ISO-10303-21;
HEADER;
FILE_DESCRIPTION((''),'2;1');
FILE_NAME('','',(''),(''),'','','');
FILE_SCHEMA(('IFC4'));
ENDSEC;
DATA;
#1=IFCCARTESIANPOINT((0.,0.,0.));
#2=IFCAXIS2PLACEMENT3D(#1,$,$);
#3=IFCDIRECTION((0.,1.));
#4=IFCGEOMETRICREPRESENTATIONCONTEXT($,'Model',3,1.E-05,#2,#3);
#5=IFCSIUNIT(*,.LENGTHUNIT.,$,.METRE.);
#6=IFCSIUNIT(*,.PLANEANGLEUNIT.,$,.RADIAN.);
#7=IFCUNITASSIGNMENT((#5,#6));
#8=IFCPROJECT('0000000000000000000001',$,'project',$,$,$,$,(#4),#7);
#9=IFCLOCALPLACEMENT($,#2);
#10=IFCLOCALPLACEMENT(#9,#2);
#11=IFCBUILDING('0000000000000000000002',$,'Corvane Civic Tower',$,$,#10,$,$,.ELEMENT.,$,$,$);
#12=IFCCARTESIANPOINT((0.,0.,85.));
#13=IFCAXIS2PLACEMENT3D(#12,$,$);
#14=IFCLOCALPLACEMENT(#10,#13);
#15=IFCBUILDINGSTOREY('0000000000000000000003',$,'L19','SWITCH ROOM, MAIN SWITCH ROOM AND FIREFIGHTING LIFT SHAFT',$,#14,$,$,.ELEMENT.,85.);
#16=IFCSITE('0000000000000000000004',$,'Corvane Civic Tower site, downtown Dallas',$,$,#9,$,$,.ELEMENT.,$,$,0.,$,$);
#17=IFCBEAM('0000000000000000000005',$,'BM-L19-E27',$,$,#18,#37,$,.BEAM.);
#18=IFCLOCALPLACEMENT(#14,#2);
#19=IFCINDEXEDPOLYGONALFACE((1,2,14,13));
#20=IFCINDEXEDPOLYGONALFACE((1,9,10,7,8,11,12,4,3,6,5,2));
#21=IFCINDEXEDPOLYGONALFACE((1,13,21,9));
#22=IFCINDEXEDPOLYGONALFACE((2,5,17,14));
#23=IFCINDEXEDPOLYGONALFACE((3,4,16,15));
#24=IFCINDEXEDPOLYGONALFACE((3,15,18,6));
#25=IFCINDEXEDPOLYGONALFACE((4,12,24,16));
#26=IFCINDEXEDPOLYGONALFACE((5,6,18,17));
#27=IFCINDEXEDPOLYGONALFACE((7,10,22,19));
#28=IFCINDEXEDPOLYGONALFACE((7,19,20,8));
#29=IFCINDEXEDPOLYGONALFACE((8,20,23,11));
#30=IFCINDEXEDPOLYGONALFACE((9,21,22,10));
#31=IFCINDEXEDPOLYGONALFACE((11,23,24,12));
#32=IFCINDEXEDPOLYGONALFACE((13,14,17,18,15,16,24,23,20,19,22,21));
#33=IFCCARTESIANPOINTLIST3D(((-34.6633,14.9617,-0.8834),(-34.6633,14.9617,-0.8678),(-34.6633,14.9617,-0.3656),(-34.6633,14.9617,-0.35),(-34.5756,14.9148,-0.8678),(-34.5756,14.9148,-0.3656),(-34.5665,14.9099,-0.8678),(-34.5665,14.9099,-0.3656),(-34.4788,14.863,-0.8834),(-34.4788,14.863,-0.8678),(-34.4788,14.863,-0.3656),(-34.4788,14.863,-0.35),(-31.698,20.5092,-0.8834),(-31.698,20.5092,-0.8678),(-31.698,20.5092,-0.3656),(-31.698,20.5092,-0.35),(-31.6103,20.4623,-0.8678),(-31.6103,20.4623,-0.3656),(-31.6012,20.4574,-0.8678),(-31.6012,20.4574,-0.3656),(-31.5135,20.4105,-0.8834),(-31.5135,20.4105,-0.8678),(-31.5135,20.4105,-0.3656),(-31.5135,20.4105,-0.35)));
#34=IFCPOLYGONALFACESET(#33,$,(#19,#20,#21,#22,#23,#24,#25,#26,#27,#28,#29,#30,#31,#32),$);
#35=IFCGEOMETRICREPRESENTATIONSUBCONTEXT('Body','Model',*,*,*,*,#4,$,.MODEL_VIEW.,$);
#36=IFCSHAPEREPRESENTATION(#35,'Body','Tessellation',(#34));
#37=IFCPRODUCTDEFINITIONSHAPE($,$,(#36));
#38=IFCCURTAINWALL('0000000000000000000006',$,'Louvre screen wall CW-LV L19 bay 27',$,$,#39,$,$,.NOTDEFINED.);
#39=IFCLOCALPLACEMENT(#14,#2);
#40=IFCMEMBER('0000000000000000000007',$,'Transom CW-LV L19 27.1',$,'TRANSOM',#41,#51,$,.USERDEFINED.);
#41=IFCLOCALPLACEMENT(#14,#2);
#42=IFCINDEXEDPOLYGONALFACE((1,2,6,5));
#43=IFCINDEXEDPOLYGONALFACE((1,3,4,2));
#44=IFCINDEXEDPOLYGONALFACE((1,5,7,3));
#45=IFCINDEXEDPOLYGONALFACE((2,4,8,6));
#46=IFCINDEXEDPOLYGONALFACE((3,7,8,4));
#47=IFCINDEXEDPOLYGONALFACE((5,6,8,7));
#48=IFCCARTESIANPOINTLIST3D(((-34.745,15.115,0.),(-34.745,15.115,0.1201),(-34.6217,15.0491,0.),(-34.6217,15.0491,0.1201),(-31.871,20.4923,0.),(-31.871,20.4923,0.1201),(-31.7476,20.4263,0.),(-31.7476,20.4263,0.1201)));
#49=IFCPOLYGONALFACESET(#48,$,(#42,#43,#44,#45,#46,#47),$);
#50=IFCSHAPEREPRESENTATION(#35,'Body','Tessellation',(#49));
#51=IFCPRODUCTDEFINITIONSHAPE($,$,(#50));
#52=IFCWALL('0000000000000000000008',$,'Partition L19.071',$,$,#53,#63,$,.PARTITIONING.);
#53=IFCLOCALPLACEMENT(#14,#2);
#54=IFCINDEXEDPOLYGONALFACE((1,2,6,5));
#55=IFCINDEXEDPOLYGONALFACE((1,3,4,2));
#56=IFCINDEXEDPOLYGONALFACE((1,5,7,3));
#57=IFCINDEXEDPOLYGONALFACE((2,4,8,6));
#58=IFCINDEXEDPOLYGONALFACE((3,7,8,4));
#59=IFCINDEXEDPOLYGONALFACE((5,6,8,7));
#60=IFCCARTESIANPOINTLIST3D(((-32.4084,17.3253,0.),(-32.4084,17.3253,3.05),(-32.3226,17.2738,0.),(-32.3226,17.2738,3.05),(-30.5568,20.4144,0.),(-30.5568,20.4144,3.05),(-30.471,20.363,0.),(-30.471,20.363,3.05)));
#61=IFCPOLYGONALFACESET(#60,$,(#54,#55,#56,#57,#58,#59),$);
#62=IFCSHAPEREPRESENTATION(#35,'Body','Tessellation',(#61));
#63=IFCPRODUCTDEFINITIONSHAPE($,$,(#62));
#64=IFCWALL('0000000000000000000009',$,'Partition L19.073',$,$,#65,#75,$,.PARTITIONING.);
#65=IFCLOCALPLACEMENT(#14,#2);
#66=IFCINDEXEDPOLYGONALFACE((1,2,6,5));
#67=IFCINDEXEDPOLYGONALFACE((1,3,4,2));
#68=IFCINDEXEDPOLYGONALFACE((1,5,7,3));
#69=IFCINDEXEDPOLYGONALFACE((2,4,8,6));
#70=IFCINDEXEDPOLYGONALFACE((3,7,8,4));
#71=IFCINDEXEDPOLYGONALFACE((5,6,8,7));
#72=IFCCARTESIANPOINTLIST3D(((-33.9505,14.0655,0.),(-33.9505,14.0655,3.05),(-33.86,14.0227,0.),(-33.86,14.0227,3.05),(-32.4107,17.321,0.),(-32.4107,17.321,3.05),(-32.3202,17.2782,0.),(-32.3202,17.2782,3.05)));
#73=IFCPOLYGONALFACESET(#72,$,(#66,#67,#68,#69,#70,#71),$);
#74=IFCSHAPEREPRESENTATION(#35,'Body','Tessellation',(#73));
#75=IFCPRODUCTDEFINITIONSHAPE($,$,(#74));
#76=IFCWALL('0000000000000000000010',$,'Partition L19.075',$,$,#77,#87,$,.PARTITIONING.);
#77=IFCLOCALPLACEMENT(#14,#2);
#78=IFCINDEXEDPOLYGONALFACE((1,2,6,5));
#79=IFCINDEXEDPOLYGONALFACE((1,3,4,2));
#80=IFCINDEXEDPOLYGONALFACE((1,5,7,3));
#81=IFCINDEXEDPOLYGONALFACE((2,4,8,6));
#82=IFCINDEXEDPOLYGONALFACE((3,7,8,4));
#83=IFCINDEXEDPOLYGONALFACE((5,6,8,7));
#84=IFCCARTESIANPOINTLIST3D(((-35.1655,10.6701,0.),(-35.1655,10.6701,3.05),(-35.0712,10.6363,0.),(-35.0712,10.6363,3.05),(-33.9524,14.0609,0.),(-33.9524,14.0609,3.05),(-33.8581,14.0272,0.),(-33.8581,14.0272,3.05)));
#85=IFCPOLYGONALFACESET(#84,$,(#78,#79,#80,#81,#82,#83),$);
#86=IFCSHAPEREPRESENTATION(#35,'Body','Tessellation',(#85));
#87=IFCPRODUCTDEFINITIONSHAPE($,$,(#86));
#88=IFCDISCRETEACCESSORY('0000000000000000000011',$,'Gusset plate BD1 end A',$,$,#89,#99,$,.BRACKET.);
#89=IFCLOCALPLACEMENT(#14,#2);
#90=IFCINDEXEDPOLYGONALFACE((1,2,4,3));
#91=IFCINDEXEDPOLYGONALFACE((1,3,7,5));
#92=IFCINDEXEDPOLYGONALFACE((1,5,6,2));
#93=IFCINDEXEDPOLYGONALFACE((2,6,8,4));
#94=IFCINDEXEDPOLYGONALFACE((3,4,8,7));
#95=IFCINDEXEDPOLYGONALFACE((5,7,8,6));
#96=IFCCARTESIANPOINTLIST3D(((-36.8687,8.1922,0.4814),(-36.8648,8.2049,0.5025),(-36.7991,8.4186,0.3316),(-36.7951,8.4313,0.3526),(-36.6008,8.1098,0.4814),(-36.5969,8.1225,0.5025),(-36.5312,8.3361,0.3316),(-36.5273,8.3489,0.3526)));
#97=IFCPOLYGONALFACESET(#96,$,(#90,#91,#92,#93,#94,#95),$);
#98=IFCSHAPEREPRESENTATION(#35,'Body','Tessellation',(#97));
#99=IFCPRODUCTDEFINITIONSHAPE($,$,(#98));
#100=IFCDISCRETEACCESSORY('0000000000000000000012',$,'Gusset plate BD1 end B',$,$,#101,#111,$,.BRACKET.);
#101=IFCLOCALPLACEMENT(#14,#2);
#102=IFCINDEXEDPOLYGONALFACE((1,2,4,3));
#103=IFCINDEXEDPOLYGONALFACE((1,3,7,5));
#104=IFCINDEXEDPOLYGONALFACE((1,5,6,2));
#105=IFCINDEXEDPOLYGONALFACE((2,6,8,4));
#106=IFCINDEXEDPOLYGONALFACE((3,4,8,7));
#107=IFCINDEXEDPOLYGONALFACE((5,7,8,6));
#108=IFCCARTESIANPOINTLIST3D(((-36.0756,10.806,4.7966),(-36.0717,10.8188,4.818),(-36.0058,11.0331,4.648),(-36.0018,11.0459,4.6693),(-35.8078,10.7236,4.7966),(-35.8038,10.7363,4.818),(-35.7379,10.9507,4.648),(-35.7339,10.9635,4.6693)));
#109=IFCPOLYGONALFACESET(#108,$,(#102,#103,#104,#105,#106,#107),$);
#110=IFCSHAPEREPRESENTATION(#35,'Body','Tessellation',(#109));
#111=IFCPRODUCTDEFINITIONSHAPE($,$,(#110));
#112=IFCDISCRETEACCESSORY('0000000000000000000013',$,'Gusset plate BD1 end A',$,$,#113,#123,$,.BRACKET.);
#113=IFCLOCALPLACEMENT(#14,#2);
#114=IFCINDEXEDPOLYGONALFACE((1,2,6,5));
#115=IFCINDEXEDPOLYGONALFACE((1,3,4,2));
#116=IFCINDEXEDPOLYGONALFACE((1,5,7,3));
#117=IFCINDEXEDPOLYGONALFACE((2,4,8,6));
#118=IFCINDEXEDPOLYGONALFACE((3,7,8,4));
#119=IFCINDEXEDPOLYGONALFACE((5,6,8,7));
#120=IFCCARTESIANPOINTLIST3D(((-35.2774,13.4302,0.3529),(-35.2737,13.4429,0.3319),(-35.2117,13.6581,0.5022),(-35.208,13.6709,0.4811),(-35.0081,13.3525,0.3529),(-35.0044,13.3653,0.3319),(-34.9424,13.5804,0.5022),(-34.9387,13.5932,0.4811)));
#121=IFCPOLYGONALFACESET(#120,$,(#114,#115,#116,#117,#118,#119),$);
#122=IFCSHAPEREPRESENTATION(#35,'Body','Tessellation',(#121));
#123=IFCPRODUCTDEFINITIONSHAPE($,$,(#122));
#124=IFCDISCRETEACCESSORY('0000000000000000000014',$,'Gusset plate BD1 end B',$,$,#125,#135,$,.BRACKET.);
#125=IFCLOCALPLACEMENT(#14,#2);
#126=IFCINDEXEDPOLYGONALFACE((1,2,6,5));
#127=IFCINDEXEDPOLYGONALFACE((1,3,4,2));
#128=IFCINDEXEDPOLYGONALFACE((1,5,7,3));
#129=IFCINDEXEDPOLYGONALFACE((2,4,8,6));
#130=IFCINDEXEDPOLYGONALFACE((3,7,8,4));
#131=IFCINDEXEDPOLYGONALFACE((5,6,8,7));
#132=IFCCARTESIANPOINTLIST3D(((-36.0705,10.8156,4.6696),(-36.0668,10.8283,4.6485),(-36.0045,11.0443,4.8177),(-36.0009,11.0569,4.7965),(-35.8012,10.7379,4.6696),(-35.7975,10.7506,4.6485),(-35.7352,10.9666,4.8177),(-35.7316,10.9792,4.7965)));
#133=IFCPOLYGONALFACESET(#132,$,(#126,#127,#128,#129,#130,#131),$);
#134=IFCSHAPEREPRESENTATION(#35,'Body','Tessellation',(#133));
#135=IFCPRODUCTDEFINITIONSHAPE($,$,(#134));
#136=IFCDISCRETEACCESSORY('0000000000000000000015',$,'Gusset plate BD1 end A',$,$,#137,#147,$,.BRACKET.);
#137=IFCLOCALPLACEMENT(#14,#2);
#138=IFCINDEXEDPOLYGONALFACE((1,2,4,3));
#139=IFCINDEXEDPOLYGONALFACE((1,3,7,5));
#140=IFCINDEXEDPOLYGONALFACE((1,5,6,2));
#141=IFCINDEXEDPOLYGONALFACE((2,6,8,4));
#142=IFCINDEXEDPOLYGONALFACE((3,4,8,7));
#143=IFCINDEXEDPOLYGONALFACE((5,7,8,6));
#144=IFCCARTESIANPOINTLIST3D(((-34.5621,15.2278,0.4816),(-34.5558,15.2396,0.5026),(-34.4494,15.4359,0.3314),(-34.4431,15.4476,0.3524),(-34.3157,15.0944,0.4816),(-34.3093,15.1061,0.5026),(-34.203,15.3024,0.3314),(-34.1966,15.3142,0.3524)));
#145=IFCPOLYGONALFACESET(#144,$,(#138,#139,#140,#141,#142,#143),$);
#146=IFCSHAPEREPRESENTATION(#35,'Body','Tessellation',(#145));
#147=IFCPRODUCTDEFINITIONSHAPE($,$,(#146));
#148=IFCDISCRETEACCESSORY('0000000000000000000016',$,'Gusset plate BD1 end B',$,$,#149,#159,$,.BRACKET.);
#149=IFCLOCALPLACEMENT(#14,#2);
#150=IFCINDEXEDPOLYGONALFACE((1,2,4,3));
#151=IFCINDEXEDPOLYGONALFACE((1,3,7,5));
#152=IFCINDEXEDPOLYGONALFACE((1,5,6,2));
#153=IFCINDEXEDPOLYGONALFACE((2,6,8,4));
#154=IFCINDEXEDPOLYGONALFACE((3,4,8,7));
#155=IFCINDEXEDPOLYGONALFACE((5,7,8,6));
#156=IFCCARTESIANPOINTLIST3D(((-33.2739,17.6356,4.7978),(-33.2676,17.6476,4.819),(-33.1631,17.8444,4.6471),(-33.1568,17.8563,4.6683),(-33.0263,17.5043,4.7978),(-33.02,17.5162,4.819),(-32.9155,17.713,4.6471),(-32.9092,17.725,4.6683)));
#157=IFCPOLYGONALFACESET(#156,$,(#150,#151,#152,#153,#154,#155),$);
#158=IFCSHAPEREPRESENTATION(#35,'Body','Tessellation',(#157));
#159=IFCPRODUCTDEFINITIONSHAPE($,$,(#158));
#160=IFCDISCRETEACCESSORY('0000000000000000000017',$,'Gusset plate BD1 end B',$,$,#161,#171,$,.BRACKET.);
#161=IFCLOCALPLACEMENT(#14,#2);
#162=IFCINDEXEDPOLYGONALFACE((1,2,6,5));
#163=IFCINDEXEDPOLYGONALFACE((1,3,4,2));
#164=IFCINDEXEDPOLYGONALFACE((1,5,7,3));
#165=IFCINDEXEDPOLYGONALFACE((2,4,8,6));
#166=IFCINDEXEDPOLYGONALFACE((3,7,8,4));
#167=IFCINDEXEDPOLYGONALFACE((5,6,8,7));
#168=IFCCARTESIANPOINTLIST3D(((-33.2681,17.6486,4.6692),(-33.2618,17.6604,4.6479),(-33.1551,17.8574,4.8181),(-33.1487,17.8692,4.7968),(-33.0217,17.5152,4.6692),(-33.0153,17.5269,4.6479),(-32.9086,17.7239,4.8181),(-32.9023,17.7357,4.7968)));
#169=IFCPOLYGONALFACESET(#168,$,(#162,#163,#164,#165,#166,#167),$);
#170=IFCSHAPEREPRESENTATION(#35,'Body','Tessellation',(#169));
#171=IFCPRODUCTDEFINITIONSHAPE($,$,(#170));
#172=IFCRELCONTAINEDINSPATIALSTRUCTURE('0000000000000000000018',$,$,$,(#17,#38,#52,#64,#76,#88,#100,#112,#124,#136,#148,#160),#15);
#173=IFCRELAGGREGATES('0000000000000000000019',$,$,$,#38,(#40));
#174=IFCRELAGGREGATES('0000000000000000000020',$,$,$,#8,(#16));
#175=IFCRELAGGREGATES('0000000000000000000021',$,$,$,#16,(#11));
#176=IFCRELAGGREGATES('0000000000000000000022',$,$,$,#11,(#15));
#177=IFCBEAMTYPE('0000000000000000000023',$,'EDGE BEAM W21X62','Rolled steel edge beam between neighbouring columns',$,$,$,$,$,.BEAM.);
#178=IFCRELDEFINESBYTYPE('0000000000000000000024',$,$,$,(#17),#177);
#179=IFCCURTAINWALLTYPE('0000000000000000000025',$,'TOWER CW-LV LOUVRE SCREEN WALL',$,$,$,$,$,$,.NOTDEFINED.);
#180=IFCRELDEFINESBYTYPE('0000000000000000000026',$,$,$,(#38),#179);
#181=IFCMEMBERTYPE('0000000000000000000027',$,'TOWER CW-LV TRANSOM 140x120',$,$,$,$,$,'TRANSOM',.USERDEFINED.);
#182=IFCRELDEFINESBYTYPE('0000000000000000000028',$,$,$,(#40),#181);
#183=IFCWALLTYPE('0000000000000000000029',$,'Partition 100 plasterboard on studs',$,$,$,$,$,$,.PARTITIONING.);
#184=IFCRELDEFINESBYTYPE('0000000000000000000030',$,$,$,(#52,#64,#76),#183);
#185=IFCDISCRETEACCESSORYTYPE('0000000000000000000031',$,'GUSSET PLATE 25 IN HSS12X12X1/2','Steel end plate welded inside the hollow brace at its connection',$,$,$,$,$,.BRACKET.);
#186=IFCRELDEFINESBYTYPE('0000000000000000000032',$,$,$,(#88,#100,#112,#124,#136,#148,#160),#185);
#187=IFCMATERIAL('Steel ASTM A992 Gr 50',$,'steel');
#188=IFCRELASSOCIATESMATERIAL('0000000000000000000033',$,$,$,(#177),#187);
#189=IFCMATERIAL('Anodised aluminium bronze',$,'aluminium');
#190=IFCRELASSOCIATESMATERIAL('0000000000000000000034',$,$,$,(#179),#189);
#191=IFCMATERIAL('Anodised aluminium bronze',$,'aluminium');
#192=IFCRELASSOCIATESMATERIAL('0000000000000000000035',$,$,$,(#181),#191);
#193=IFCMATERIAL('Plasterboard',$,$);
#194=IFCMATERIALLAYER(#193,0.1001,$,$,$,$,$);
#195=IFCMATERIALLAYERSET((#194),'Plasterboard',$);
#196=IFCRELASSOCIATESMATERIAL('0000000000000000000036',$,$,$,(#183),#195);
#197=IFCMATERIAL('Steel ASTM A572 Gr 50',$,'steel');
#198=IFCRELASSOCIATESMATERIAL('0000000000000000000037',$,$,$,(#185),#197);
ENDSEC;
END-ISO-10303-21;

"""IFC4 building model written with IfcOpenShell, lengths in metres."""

from ifc_helpers import new_model, si_unit, direction, frame, frame_2d, origin, origin_2d, place, context, subcontext, project, spatial, rectangle, i_section, extrude, material, layer, layer_set, material_profile, profile_set, type_object, element, aggregate, save


model = new_model("IFC4")

# Units and contexts
model_context = context("Model", 3, precision=1e-05, world=origin(), true_north=direction((0.0, 1.0)))
body_context = subcontext(model_context, "Body", "Model", "MODEL_VIEW")
ifc_project = project(units=[si_unit("LENGTHUNIT", "METRE"), si_unit("PLANEANGLEUNIT", "RADIAN")], contexts=[model_context])

# Site, building, storey
site_placement = place(None, origin())
site = spatial("IfcSite", under=ifc_project, at=site_placement, Name="Corvane Civic Tower site, downtown Dallas", CompositionType="ELEMENT", RefElevation=0.0)
building_placement = place(site_placement, origin())
building = spatial("IfcBuilding", under=site, at=building_placement, Name="Corvane Civic Tower", CompositionType="ELEMENT")
storey_placement = place(building_placement, frame((0.0, 0.0, 85.0)))
storey = spatial("IfcBuildingStorey", under=building, at=storey_placement, Name="L19", Description="SWITCH ROOM, MAIN SWITCH ROOM AND FIREFIGHTING LIFT SHAFT", CompositionType="ELEMENT", Elevation=85.0)

# Beam
ifc_material_1 = material(Name="Steel ASTM A992 Gr 50", Category="steel")
ifc_material_profile_1 = material_profile(ifc_material_1, i_section(OverallWidth=0.2092, OverallDepth=0.5334, WebThickness=0.0103, FlangeThickness=0.0156, at=origin_2d()), Name="W21X62")
ifc_profile_set_1 = profile_set([ifc_material_profile_1], Name="Steel ASTM A992 Gr 50")
beam_type = type_object("IfcBeamType", Name="EDGE BEAM W21X62", Description="Rolled steel edge beam between neighbouring columns", PredefinedType="BEAM", material=ifc_profile_set_1)
beam_placement = place(storey_placement, frame((-34.571, 14.9124, -0.6167), z_axis=(0.471406, 0.881916, 0.0), x_axis=(-0.881916, 0.471406, 0.0)))
element("IfcBeam", 1, at=beam_placement, inside=storey, type_object=beam_type, Name="BM-L19-E27", PredefinedType="BEAM", context=body_context, shape_type="SweptSolid", body=[
    extrude(i_section(OverallWidth=0.2092, OverallDepth=0.5334, WebThickness=0.0103, FlangeThickness=0.0156, at=origin_2d()), origin(), (0.0, 0.0, 1.0), 6.2903),
])

# Curtain wall, member
ifc_material_2 = material(Name="Anodised aluminium bronze", Category="aluminium")
curtain_wall_type = type_object("IfcCurtainWallType", Name="TOWER CW-LV LOUVRE SCREEN WALL", PredefinedType="NOTDEFINED", material=ifc_material_2)
curtain_wall_placement = place(storey_placement, origin())
curtain_wall = element("IfcCurtainWall", 2, at=curtain_wall_placement, inside=storey, type_object=curtain_wall_type, Name="Louvre screen wall CW-LV L19 bay 27", PredefinedType="NOTDEFINED")
ifc_material_3 = material(Name="Anodised aluminium bronze", Category="aluminium")
ifc_material_profile_2 = material_profile(ifc_material_3, rectangle(XDim=0.1399, YDim=0.1201, at=origin_2d()), Name="TOWER CW-LV TRANSOM 140x120")
ifc_profile_set_2 = profile_set([ifc_material_profile_2], Name="Anodised aluminium bronze")
member_type_1 = type_object("IfcMemberType", Name="TOWER CW-LV TRANSOM 140x120", ElementType="TRANSOM", PredefinedType="USERDEFINED", material=ifc_profile_set_2)
member_1_placement = place(storey_placement, frame((-34.6833, 15.082, 0.0601), z_axis=(0.471378, 0.881931, 0.0), x_axis=(-0.881931, 0.471378, 0.0)))
member_1 = element("IfcMember", 3, at=member_1_placement, type_object=member_type_1, Name="Transom CW-LV L19 27.1", ObjectType="TRANSOM", PredefinedType="USERDEFINED", context=body_context, shape_type="SweptSolid", body=[
    extrude(rectangle(XDim=0.1399, YDim=0.1201, at=origin_2d()), origin(), (0.0, 0.0, 1.0), 6.0972),
])

# Walls
ifc_material_4 = material(Name="Plasterboard")
ifc_layer = layer(ifc_material_4, 0.1001)
ifc_layer_set = layer_set([ifc_layer], Name="Plasterboard")
wall_type = type_object("IfcWallType", Name="Partition 100 plasterboard on studs", PredefinedType="PARTITIONING", material=ifc_layer_set)
wall_placement = place(storey_placement, frame((-32.3655, 17.2996, 0.0), z_axis=(0.0, 0.0, 1.0), x_axis=(0.514107, 0.857726, 0.0)))
element("IfcWall", 4, at=wall_placement, inside=storey, type_object=wall_type, Name="Partition L19.071", PredefinedType="PARTITIONING", context=body_context, shape_type="SweptSolid", body=[
    extrude(rectangle(XDim=3.6016, YDim=0.1001, at=frame_2d((1.8008, 0.0))), origin(), (0.0, 0.0, 1.0), 3.05),
])
for number, where, z_axis, x_axis, name in (
    (5, (-33.9053, 14.0439, 0.0), (0.0, 0.0, 1.0), (0.427556, 0.903989, 0.0), "Partition L19.073"),
    (6, (-35.1184, 10.6531, 0.0), (0.0, 0.0, 1.0), (0.336856, 0.941556, 0.0), "Partition L19.075"),
):
    element("IfcWall", number, at=place(storey_placement, frame(where, z_axis=z_axis, x_axis=x_axis)), inside=storey, type_object=wall_type, Name=name, PredefinedType="PARTITIONING", context=body_context, shape_type="SweptSolid", body=[
        extrude(rectangle(XDim=3.6013, YDim=0.1001, at=frame_2d((1.8008, 0.0))), origin(), (0.0, 0.0, 1.0), 3.05),
    ])

aggregate(curtain_wall, [member_1])

# Discrete accessories
ifc_material_5 = material(Name="Steel ASTM A572 Gr 50", Category="steel")
ifc_material_profile_3 = material_profile(ifc_material_5, rectangle(XDim=0.2803, YDim=0.2803, at=origin_2d()), Name="GUSSET PLATE 25 IN HSS12X12X1/2")
ifc_profile_set_3 = profile_set([ifc_material_profile_3], Name="Steel ASTM A572 Gr 50")
discrete_accessory_type = type_object("IfcDiscreteAccessoryType", Name="GUSSET PLATE 25 IN HSS12X12X1/2", Description="Steel end plate welded inside the hollow brace at its connection", PredefinedType="BRACKET", material=ifc_profile_set_3)
discrete_accessory_1_placement = place(storey_placement, frame((-36.7, 8.2642, 0.4065), z_axis=(0.157226, 0.510984, 0.845089), x_axis=(-0.955779, 0.294086, 0.0)))
element("IfcDiscreteAccessory", 7, at=discrete_accessory_1_placement, inside=storey, type_object=discrete_accessory_type, Name="Gusset plate BD1 end A", PredefinedType="BRACKET", context=body_context, shape_type="SweptSolid", body=[
    extrude(rectangle(XDim=0.2803, YDim=0.2803, at=origin_2d()), origin(), (0.0, 0.0, 1.0), 0.0249),
])
discrete_accessory_2_placement = place(storey_placement, frame((-35.9028, 10.8911, 4.7437), z_axis=(-0.155929, -0.506769, -0.847863), x_axis=(0.955779, -0.294086, 0.0)))
element("IfcDiscreteAccessory", 8, at=discrete_accessory_2_placement, inside=storey, type_object=discrete_accessory_type, Name="Gusset plate BD1 end B", PredefinedType="BRACKET", context=body_context, shape_type="SweptSolid", body=[
    extrude(rectangle(XDim=0.2803, YDim=0.2803, at=origin_2d()), origin(), (0.0, 0.0, 1.0), 0.0251),
])
for number, where, z_axis, x_axis, name in (
    (9, (-35.1062, 13.5181, 0.4065), (-0.14762, -0.511751, 0.846357), (0.960824, -0.277161, 0.0), "Gusset plate BD1 end A"),
    (10, (-35.9028, 10.8911, 4.7437), (0.146399, 0.507516, -0.849114), (-0.960824, 0.277161, 0.0), "Gusset plate BD1 end B"),
    (11, (-34.3826, 15.2651, 0.4065), (0.255246, 0.471223, 0.844274), (-0.879292, 0.476283, 0.0), "Gusset plate BD1 end A"),
):
    element("IfcDiscreteAccessory", number, at=place(storey_placement, frame(where, z_axis=z_axis, x_axis=x_axis)), inside=storey, type_object=discrete_accessory_type, Name=name, PredefinedType="BRACKET", context=body_context, shape_type="SweptSolid", body=[
        extrude(rectangle(XDim=0.2803, YDim=0.2803, at=origin_2d()), origin(), (0.0, 0.0, 1.0), 0.0249),
    ])
for number, where, z_axis, x_axis, name in (
    (12, (-33.0884, 17.6863, 4.7437), (-0.251988, -0.474901, -0.843191), (0.883349, -0.468716, 0.0), "Gusset plate BD1 end B"),
    (13, (-33.0884, 17.6863, 4.7437), (0.253144, 0.467343, -0.847059), (-0.879292, 0.476283, 0.0), "Gusset plate BD1 end B"),
):
    element("IfcDiscreteAccessory", number, at=place(storey_placement, frame(where, z_axis=z_axis, x_axis=x_axis)), inside=storey, type_object=discrete_accessory_type, Name=name, PredefinedType="BRACKET", context=body_context, shape_type="SweptSolid", body=[
        extrude(rectangle(XDim=0.2803, YDim=0.2803, at=origin_2d()), origin(), (0.0, 0.0, 1.0), 0.0251),
    ])

save(model, "model.ifc")
